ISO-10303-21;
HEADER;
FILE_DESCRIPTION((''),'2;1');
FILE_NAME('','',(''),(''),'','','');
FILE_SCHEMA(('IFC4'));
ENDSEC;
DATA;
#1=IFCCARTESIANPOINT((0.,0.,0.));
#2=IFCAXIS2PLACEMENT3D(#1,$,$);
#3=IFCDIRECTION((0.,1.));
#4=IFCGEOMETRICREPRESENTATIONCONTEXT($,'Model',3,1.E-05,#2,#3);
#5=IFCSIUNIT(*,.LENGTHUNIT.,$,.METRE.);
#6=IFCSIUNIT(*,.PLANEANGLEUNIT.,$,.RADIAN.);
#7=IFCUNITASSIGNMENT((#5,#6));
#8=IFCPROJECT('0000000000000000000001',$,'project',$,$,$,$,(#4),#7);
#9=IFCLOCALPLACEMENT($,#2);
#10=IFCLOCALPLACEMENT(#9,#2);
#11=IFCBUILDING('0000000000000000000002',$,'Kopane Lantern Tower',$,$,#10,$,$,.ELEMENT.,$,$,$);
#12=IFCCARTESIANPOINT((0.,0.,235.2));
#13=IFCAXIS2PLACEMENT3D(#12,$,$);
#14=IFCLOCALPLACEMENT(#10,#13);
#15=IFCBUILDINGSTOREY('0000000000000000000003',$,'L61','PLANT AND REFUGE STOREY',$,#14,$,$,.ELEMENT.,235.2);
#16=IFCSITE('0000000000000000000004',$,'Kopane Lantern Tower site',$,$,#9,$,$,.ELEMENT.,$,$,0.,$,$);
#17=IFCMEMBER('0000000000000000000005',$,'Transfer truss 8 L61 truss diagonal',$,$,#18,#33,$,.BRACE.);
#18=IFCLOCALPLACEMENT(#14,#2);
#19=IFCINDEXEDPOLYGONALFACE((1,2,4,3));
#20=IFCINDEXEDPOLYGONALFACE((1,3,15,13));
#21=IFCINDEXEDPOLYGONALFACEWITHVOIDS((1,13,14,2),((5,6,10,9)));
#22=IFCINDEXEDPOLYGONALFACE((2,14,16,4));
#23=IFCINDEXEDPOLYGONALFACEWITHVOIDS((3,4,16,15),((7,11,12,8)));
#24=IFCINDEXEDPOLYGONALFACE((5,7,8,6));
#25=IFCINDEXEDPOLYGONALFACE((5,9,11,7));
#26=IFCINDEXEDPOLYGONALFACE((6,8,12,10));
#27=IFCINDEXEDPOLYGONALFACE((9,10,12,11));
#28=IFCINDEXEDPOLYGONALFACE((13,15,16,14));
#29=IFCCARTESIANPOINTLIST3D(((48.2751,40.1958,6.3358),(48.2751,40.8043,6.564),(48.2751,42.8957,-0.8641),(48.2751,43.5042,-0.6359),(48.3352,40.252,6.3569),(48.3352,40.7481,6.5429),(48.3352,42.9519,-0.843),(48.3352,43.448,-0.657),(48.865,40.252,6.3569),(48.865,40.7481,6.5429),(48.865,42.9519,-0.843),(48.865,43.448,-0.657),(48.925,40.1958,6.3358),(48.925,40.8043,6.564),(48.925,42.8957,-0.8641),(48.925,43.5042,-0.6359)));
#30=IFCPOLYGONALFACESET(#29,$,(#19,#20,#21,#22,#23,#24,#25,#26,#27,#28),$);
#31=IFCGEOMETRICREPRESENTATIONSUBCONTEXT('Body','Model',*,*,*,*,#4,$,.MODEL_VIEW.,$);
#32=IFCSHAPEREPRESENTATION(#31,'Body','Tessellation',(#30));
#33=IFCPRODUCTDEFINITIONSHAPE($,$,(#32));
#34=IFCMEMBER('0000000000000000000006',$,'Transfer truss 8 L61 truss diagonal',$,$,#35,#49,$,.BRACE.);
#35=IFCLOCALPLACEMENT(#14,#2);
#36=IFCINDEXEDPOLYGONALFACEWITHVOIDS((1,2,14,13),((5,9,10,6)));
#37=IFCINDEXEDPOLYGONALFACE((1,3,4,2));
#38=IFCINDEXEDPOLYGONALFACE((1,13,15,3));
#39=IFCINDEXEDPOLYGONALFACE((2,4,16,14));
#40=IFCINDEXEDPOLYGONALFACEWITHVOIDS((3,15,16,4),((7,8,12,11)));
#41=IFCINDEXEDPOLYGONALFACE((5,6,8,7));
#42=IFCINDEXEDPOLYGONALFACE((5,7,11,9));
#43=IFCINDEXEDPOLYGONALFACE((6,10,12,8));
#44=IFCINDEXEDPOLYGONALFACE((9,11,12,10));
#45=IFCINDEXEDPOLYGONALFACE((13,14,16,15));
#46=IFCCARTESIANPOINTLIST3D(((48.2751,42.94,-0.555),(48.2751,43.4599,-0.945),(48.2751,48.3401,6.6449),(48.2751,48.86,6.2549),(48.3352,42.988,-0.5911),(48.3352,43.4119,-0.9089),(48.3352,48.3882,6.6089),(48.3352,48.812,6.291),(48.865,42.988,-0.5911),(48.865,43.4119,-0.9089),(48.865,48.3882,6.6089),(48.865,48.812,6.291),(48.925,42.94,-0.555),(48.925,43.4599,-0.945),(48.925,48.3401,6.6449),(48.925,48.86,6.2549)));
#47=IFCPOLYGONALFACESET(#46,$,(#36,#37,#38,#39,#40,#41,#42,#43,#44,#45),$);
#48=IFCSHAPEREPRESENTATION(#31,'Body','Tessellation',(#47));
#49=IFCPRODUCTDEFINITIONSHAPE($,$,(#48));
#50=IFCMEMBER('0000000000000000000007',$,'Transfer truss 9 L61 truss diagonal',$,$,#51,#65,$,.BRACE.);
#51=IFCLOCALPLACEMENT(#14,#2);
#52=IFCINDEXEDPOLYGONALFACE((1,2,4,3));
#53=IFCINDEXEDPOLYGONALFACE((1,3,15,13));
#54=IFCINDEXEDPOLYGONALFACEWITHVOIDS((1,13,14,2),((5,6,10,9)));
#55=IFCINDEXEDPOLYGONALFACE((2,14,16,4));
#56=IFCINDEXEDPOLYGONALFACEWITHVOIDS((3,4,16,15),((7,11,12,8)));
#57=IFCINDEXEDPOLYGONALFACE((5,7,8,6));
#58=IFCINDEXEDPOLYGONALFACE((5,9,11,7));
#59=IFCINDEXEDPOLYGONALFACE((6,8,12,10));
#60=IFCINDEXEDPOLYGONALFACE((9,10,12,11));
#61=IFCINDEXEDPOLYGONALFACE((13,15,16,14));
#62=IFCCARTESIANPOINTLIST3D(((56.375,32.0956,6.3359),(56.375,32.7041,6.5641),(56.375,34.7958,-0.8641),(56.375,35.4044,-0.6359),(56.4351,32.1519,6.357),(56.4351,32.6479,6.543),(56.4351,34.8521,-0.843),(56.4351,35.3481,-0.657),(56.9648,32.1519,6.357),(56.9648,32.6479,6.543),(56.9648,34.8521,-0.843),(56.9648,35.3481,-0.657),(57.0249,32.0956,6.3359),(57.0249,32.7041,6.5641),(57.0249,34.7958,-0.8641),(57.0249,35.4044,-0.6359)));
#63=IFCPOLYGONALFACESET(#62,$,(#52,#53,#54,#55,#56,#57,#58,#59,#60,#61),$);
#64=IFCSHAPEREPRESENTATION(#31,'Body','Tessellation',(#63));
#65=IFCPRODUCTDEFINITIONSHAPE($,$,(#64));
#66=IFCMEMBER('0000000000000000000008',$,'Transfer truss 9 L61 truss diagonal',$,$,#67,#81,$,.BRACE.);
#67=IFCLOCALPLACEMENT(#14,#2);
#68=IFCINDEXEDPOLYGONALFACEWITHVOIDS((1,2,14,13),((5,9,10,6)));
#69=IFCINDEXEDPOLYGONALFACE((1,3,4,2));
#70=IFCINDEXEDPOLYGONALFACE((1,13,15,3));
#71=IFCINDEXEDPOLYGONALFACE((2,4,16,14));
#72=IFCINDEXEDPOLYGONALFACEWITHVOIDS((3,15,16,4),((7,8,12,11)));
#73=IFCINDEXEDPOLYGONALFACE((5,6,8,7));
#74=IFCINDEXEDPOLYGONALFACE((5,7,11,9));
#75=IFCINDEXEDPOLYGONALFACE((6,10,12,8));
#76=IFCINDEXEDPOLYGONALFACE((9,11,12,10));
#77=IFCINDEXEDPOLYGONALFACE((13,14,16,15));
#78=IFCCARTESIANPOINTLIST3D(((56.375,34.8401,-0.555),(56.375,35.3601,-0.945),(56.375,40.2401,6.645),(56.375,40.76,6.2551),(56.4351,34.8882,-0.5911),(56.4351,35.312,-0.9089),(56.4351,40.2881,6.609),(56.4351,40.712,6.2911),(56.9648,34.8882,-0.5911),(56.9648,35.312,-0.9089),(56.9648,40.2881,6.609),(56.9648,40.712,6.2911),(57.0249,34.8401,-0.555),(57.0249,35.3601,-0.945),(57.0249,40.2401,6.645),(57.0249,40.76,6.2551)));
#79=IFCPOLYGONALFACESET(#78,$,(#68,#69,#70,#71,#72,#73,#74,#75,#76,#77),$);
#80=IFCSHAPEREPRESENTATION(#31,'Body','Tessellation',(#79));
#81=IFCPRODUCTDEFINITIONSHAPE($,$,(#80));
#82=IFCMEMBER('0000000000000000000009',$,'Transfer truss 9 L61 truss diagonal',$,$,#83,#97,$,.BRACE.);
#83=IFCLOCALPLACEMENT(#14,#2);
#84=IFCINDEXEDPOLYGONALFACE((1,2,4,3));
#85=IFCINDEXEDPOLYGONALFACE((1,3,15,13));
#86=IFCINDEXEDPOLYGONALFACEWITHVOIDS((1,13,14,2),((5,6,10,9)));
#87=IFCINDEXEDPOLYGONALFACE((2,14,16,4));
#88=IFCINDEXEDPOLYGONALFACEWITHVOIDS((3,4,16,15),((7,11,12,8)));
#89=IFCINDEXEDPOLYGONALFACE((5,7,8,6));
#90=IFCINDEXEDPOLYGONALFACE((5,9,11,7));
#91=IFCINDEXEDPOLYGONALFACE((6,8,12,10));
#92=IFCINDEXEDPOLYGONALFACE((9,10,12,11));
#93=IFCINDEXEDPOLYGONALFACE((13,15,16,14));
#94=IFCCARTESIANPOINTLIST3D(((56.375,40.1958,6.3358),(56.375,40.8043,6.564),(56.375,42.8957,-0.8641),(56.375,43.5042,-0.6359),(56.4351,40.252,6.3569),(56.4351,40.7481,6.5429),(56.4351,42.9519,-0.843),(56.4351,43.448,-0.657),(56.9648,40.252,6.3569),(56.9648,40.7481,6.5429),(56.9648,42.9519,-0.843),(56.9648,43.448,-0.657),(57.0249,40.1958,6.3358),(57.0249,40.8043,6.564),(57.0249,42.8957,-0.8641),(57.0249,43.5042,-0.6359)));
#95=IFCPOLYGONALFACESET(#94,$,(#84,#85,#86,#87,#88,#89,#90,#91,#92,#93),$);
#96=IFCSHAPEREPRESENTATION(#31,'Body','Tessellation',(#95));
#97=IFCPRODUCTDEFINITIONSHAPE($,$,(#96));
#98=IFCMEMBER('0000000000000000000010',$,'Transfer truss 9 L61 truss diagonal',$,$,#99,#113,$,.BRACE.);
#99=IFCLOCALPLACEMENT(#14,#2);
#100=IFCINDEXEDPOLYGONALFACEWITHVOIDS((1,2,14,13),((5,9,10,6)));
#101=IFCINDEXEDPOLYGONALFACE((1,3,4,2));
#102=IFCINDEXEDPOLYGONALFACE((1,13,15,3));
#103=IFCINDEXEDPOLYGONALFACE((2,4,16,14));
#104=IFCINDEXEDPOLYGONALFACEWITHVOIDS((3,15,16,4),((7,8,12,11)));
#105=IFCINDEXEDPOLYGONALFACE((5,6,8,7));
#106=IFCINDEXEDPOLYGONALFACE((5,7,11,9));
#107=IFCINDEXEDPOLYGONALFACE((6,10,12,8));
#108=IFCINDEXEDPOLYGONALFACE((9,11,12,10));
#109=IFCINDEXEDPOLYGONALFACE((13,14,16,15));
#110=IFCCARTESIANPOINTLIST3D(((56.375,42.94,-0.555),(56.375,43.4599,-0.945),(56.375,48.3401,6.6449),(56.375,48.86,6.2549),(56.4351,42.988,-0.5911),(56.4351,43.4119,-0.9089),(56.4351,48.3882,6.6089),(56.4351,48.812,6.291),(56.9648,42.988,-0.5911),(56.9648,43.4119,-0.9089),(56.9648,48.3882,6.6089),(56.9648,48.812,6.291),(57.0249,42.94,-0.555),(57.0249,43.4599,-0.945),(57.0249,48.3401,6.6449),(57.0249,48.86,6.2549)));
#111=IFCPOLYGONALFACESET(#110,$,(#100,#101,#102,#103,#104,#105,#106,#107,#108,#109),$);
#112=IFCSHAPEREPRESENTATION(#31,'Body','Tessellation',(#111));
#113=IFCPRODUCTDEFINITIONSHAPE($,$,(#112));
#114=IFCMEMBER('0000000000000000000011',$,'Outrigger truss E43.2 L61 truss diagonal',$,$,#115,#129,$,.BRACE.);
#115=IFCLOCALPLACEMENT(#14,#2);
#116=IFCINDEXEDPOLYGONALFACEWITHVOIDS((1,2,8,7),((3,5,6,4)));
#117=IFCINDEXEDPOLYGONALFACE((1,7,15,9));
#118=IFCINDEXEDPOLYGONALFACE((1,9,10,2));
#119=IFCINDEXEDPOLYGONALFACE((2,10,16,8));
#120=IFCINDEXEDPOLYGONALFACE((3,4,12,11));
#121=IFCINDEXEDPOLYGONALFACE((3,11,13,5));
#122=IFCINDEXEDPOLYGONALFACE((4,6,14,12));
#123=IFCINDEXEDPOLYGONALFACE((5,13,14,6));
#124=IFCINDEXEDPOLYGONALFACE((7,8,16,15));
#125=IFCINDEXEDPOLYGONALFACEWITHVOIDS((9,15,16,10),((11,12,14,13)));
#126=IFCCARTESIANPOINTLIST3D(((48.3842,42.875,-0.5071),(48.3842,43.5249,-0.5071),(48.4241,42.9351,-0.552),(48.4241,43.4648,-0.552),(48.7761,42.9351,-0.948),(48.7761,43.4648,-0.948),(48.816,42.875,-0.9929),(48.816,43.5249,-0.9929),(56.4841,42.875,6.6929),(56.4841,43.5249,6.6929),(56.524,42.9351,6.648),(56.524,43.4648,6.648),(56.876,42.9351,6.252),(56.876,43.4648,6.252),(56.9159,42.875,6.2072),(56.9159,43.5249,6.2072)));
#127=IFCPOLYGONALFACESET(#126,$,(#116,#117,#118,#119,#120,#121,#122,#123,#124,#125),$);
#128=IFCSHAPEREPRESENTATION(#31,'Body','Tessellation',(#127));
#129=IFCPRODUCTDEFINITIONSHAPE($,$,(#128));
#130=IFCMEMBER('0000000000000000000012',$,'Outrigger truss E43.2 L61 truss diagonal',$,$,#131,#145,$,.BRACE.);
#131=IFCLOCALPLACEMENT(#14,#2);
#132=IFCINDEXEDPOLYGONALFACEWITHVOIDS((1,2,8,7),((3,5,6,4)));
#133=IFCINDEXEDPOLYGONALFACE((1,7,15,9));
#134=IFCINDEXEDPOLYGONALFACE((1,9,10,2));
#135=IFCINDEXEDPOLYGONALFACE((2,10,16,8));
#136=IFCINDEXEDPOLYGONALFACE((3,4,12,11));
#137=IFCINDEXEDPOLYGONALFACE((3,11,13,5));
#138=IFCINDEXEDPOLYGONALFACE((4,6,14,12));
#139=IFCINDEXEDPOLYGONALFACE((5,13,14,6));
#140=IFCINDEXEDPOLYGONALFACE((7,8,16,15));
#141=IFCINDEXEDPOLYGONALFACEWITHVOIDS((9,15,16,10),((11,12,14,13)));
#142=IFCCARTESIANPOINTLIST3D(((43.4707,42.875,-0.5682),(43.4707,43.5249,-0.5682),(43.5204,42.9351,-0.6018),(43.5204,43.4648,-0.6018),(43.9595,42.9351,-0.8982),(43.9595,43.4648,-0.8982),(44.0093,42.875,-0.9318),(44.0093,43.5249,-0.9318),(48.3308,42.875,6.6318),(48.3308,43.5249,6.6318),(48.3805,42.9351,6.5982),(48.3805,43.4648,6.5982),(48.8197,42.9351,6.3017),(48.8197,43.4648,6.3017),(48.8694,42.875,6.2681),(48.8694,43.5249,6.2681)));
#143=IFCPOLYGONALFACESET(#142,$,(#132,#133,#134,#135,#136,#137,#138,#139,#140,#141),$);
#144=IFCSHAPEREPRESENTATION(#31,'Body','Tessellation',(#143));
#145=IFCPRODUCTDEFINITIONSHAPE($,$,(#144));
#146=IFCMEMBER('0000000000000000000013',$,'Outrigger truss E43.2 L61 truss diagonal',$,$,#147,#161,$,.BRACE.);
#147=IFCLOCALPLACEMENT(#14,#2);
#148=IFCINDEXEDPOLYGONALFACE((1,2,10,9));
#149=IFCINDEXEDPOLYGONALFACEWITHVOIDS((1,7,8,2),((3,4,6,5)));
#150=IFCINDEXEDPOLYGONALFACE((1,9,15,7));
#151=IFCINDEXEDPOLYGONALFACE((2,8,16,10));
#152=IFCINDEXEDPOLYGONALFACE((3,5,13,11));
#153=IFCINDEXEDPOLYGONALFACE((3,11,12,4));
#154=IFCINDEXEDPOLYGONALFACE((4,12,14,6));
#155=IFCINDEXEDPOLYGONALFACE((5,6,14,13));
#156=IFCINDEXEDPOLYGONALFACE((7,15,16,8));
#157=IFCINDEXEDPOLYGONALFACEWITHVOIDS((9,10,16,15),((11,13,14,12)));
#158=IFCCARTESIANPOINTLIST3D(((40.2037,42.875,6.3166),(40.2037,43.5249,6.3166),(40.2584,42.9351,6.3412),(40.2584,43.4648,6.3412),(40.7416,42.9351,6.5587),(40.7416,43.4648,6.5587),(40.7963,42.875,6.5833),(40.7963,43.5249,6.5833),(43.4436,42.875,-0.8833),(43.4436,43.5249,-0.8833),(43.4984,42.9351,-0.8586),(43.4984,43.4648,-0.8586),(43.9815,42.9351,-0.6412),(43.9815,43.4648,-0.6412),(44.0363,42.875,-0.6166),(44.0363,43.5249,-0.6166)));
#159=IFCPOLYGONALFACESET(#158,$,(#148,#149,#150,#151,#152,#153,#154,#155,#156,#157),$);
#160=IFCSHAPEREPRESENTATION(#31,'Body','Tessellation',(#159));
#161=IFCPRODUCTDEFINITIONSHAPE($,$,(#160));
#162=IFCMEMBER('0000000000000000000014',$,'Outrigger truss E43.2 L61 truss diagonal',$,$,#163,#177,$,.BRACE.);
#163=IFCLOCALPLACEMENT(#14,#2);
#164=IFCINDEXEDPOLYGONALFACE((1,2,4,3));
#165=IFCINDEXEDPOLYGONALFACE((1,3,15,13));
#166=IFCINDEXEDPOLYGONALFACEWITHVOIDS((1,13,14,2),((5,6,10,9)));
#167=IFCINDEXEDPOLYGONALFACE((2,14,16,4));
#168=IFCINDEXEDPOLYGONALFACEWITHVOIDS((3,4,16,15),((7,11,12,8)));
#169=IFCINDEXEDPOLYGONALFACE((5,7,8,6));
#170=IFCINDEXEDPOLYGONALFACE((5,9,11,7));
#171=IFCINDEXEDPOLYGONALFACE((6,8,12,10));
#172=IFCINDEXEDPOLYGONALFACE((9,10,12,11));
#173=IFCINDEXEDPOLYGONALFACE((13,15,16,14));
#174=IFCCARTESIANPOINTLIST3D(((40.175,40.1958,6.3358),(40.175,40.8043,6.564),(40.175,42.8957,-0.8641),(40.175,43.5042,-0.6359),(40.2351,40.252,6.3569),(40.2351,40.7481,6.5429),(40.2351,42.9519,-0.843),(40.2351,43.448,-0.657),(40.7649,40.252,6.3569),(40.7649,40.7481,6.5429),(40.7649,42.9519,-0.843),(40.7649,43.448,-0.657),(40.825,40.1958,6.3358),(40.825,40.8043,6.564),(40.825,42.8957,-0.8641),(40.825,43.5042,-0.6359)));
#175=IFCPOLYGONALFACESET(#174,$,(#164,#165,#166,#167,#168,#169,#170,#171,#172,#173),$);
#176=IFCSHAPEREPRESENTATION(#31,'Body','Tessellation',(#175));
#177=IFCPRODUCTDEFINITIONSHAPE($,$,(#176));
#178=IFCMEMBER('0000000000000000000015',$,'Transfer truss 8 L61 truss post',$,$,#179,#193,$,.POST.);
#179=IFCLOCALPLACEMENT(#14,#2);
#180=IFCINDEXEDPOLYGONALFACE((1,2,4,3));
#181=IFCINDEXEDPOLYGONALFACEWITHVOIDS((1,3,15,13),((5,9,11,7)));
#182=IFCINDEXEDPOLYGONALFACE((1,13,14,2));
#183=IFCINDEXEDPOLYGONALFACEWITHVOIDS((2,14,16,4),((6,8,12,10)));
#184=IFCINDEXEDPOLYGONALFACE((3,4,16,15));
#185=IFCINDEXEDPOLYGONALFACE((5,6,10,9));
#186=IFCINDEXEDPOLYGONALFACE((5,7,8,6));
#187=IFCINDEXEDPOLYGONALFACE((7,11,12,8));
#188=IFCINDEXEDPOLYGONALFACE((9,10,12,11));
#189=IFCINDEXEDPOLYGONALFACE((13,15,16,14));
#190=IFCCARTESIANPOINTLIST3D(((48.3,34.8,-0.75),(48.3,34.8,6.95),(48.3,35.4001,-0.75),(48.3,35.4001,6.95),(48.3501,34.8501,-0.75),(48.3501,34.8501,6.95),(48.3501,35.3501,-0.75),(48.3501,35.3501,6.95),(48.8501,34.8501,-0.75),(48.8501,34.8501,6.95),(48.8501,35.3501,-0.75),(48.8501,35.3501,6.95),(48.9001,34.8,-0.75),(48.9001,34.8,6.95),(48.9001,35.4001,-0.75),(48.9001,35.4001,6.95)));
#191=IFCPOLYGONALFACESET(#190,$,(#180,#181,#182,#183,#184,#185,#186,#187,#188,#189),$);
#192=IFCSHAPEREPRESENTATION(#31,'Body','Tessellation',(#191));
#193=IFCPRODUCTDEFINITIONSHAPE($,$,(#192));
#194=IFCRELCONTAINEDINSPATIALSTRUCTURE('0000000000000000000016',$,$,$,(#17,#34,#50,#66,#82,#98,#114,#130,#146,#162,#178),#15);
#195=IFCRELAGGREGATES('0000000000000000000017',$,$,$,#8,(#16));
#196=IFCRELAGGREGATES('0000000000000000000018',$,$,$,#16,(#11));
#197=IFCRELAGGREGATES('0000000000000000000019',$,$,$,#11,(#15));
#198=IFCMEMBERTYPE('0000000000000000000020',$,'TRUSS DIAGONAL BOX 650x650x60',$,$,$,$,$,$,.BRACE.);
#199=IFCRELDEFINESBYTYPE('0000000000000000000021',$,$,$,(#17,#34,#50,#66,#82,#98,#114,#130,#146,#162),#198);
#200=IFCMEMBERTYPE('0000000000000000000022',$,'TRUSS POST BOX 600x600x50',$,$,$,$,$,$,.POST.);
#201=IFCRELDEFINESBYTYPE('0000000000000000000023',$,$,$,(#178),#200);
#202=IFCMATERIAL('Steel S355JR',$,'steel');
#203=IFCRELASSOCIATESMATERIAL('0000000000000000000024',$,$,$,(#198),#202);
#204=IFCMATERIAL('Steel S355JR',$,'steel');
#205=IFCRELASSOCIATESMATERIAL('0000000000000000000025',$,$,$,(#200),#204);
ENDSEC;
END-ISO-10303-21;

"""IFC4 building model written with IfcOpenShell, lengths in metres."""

from ifc_helpers import new_model, si_unit, direction, frame, origin, origin_2d, place, context, subcontext, project, spatial, hollow_rectangle, extrude, material, material_profile, profile_set, type_object, element, save


model = new_model("IFC4")

# Units and contexts
model_context = context("Model", 3, precision=1e-05, world=origin(), true_north=direction((0.0, 1.0)))
body_context = subcontext(model_context, "Body", "Model", "MODEL_VIEW")
ifc_project = project(units=[si_unit("LENGTHUNIT", "METRE"), si_unit("PLANEANGLEUNIT", "RADIAN")], contexts=[model_context])

# Site, building, storey
site_placement = place(None, origin())
site = spatial("IfcSite", under=ifc_project, at=site_placement, Name="Kopane Lantern Tower site", CompositionType="ELEMENT", RefElevation=0.0)
building_placement = place(site_placement, origin())
building = spatial("IfcBuilding", under=site, at=building_placement, Name="Kopane Lantern Tower", CompositionType="ELEMENT")
storey_placement = place(building_placement, frame((0.0, 0.0, 235.2)))
storey = spatial("IfcBuildingStorey", under=building, at=storey_placement, Name="L61", Description="PLANT AND REFUGE STOREY", CompositionType="ELEMENT", Elevation=235.2)

# Members
ifc_material_1 = material(Name="Steel S355JR", Category="steel")
ifc_material_profile_1 = material_profile(ifc_material_1, hollow_rectangle(XDim=0.6499, YDim=0.6499, WallThickness=0.0601, at=origin_2d()), Name="BOX 650x650x60")
ifc_profile_set_1 = profile_set([ifc_material_profile_1], Name="Steel S355JR")
member_type_1 = type_object("IfcMemberType", Name="TRUSS DIAGONAL BOX 650x650x60", PredefinedType="BRACE", material=ifc_profile_set_1)
member_1_placement = place(storey_placement, frame((48.6001, 43.2, -0.75), z_axis=(0.0, -0.35112, 0.93633), x_axis=(1.0, 0.0, 0.0)))
element("IfcMember", 1, at=member_1_placement, inside=storey, type_object=member_type_1, Name="Transfer truss 8 L61 truss diagonal", PredefinedType="BRACE", context=body_context, shape_type="SweptSolid", body=[
    extrude(hollow_rectangle(XDim=0.6499, YDim=0.6499, WallThickness=0.0601, at=origin_2d()), origin(), (0.0, 0.0, 1.0), 7.6895),
])
member_2_placement = place(storey_placement, frame((48.6001, 43.2, -0.75), z_axis=(0.0, 0.600013, 0.79999), x_axis=(-1.0, 0.0, 0.0)))
element("IfcMember", 2, at=member_2_placement, inside=storey, type_object=member_type_1, Name="Transfer truss 8 L61 truss diagonal", PredefinedType="BRACE", context=body_context, shape_type="SweptSolid", body=[
    extrude(hollow_rectangle(XDim=0.6499, YDim=0.6499, WallThickness=0.0601, at=origin_2d()), origin(), (0.0, 0.0, 1.0), 9.0),
])
member_3_placement = place(storey_placement, frame((56.7, 35.1001, -0.75), z_axis=(0.0, -0.351148, 0.93632), x_axis=(1.0, 0.0, 0.0)))
element("IfcMember", 3, at=member_3_placement, inside=storey, type_object=member_type_1, Name="Transfer truss 9 L61 truss diagonal", PredefinedType="BRACE", context=body_context, shape_type="SweptSolid", body=[
    extrude(hollow_rectangle(XDim=0.6499, YDim=0.6499, WallThickness=0.0601, at=origin_2d()), origin(), (0.0, 0.0, 1.0), 7.6897),
])
member_4_placement = place(storey_placement, frame((56.7, 35.1001, -0.75), z_axis=(0.0, 0.599996, 0.800003), x_axis=(-1.0, 0.0, 0.0)))
element("IfcMember", 4, at=member_4_placement, inside=storey, type_object=member_type_1, Name="Transfer truss 9 L61 truss diagonal", PredefinedType="BRACE", context=body_context, shape_type="SweptSolid", body=[
    extrude(hollow_rectangle(XDim=0.6499, YDim=0.6499, WallThickness=0.0601, at=origin_2d()), origin(), (0.0, 0.0, 1.0), 9.0),
])
member_5_placement = place(storey_placement, frame((56.7, 43.2, -0.75), z_axis=(0.0, -0.35112, 0.93633), x_axis=(1.0, 0.0, 0.0)))
element("IfcMember", 5, at=member_5_placement, inside=storey, type_object=member_type_1, Name="Transfer truss 9 L61 truss diagonal", PredefinedType="BRACE", context=body_context, shape_type="SweptSolid", body=[
    extrude(hollow_rectangle(XDim=0.6499, YDim=0.6499, WallThickness=0.0601, at=origin_2d()), origin(), (0.0, 0.0, 1.0), 7.6895),
])
member_6_placement = place(storey_placement, frame((56.7, 43.2, -0.75), z_axis=(0.0, 0.600013, 0.79999), x_axis=(-1.0, 0.0, 0.0)))
element("IfcMember", 6, at=member_6_placement, inside=storey, type_object=member_type_1, Name="Transfer truss 9 L61 truss diagonal", PredefinedType="BRACE", context=body_context, shape_type="SweptSolid", body=[
    extrude(hollow_rectangle(XDim=0.6499, YDim=0.6499, WallThickness=0.0601, at=origin_2d()), origin(), (0.0, 0.0, 1.0), 9.0),
])
member_7_placement = place(storey_placement, frame((48.6001, 43.2, -0.75), z_axis=(0.747406, 0.0, 0.664368), x_axis=(0.0, 1.0, 0.0)))
element("IfcMember", 7, at=member_7_placement, inside=storey, type_object=member_type_1, Name="Outrigger truss E43.2 L61 truss diagonal", PredefinedType="BRACE", context=body_context, shape_type="SweptSolid", body=[
    extrude(hollow_rectangle(XDim=0.6499, YDim=0.6499, WallThickness=0.0601, at=origin_2d()), origin(), (0.0, 0.0, 1.0), 10.8374),
])
member_8_placement = place(storey_placement, frame((48.6001, 43.2, 6.45), z_axis=(-0.559484, 0.0, -0.828841), x_axis=(0.0, -1.0, 0.0)))
element("IfcMember", 8, at=member_8_placement, inside=storey, type_object=member_type_1, Name="Outrigger truss E43.2 L61 truss diagonal", PredefinedType="BRACE", context=body_context, shape_type="SweptSolid", body=[
    extrude(hollow_rectangle(XDim=0.6499, YDim=0.6499, WallThickness=0.0601, at=origin_2d()), origin(), (0.0, 0.0, 1.0), 8.6868),
])
member_9_placement = place(storey_placement, frame((40.5, 43.2, 6.45), z_axis=(0.410366, 0.0, -0.911921), x_axis=(0.0, 1.0, 0.0)))
element("IfcMember", 9, at=member_9_placement, inside=storey, type_object=member_type_1, Name="Outrigger truss E43.2 L61 truss diagonal", PredefinedType="BRACE", context=body_context, shape_type="SweptSolid", body=[
    extrude(hollow_rectangle(XDim=0.6499, YDim=0.6499, WallThickness=0.0601, at=origin_2d()), origin(), (0.0, 0.0, 1.0), 7.8953),
])
member_10_placement = place(storey_placement, frame((40.5, 43.2, -0.75), z_axis=(0.0, -0.35112, 0.93633), x_axis=(1.0, 0.0, 0.0)))
element("IfcMember", 10, at=member_10_placement, inside=storey, type_object=member_type_1, Name="Outrigger truss E43.2 L61 truss diagonal", PredefinedType="BRACE", context=body_context, shape_type="SweptSolid", body=[
    extrude(hollow_rectangle(XDim=0.6499, YDim=0.6499, WallThickness=0.0601, at=origin_2d()), origin(), (0.0, 0.0, 1.0), 7.6895),
])
ifc_material_2 = material(Name="Steel S355JR", Category="steel")
ifc_material_profile_2 = material_profile(ifc_material_2, hollow_rectangle(XDim=0.6001, YDim=0.6001, WallThickness=0.05, at=origin_2d()), Name="BOX 600x600x50")
ifc_profile_set_2 = profile_set([ifc_material_profile_2], Name="Steel S355JR")
member_type_2 = type_object("IfcMemberType", Name="TRUSS POST BOX 600x600x50", PredefinedType="POST", material=ifc_profile_set_2)
for number, where, z_axis, x_axis, name in (
    (11, (48.6001, 35.1001, -0.75), (0.0, 0.0, 1.0), (1.0, 0.0, 0.0), "Transfer truss 8 L61 truss post"),
):
    element("IfcMember", number, at=place(storey_placement, frame(where, z_axis=z_axis, x_axis=x_axis)), inside=storey, type_object=member_type_2, Name=name, PredefinedType="POST", context=body_context, shape_type="SweptSolid", body=[
        extrude(hollow_rectangle(XDim=0.6001, YDim=0.6001, WallThickness=0.05, at=origin_2d()), origin(), (0.0, 0.0, 1.0), 7.7),
    ])

save(model, "model.ifc")
